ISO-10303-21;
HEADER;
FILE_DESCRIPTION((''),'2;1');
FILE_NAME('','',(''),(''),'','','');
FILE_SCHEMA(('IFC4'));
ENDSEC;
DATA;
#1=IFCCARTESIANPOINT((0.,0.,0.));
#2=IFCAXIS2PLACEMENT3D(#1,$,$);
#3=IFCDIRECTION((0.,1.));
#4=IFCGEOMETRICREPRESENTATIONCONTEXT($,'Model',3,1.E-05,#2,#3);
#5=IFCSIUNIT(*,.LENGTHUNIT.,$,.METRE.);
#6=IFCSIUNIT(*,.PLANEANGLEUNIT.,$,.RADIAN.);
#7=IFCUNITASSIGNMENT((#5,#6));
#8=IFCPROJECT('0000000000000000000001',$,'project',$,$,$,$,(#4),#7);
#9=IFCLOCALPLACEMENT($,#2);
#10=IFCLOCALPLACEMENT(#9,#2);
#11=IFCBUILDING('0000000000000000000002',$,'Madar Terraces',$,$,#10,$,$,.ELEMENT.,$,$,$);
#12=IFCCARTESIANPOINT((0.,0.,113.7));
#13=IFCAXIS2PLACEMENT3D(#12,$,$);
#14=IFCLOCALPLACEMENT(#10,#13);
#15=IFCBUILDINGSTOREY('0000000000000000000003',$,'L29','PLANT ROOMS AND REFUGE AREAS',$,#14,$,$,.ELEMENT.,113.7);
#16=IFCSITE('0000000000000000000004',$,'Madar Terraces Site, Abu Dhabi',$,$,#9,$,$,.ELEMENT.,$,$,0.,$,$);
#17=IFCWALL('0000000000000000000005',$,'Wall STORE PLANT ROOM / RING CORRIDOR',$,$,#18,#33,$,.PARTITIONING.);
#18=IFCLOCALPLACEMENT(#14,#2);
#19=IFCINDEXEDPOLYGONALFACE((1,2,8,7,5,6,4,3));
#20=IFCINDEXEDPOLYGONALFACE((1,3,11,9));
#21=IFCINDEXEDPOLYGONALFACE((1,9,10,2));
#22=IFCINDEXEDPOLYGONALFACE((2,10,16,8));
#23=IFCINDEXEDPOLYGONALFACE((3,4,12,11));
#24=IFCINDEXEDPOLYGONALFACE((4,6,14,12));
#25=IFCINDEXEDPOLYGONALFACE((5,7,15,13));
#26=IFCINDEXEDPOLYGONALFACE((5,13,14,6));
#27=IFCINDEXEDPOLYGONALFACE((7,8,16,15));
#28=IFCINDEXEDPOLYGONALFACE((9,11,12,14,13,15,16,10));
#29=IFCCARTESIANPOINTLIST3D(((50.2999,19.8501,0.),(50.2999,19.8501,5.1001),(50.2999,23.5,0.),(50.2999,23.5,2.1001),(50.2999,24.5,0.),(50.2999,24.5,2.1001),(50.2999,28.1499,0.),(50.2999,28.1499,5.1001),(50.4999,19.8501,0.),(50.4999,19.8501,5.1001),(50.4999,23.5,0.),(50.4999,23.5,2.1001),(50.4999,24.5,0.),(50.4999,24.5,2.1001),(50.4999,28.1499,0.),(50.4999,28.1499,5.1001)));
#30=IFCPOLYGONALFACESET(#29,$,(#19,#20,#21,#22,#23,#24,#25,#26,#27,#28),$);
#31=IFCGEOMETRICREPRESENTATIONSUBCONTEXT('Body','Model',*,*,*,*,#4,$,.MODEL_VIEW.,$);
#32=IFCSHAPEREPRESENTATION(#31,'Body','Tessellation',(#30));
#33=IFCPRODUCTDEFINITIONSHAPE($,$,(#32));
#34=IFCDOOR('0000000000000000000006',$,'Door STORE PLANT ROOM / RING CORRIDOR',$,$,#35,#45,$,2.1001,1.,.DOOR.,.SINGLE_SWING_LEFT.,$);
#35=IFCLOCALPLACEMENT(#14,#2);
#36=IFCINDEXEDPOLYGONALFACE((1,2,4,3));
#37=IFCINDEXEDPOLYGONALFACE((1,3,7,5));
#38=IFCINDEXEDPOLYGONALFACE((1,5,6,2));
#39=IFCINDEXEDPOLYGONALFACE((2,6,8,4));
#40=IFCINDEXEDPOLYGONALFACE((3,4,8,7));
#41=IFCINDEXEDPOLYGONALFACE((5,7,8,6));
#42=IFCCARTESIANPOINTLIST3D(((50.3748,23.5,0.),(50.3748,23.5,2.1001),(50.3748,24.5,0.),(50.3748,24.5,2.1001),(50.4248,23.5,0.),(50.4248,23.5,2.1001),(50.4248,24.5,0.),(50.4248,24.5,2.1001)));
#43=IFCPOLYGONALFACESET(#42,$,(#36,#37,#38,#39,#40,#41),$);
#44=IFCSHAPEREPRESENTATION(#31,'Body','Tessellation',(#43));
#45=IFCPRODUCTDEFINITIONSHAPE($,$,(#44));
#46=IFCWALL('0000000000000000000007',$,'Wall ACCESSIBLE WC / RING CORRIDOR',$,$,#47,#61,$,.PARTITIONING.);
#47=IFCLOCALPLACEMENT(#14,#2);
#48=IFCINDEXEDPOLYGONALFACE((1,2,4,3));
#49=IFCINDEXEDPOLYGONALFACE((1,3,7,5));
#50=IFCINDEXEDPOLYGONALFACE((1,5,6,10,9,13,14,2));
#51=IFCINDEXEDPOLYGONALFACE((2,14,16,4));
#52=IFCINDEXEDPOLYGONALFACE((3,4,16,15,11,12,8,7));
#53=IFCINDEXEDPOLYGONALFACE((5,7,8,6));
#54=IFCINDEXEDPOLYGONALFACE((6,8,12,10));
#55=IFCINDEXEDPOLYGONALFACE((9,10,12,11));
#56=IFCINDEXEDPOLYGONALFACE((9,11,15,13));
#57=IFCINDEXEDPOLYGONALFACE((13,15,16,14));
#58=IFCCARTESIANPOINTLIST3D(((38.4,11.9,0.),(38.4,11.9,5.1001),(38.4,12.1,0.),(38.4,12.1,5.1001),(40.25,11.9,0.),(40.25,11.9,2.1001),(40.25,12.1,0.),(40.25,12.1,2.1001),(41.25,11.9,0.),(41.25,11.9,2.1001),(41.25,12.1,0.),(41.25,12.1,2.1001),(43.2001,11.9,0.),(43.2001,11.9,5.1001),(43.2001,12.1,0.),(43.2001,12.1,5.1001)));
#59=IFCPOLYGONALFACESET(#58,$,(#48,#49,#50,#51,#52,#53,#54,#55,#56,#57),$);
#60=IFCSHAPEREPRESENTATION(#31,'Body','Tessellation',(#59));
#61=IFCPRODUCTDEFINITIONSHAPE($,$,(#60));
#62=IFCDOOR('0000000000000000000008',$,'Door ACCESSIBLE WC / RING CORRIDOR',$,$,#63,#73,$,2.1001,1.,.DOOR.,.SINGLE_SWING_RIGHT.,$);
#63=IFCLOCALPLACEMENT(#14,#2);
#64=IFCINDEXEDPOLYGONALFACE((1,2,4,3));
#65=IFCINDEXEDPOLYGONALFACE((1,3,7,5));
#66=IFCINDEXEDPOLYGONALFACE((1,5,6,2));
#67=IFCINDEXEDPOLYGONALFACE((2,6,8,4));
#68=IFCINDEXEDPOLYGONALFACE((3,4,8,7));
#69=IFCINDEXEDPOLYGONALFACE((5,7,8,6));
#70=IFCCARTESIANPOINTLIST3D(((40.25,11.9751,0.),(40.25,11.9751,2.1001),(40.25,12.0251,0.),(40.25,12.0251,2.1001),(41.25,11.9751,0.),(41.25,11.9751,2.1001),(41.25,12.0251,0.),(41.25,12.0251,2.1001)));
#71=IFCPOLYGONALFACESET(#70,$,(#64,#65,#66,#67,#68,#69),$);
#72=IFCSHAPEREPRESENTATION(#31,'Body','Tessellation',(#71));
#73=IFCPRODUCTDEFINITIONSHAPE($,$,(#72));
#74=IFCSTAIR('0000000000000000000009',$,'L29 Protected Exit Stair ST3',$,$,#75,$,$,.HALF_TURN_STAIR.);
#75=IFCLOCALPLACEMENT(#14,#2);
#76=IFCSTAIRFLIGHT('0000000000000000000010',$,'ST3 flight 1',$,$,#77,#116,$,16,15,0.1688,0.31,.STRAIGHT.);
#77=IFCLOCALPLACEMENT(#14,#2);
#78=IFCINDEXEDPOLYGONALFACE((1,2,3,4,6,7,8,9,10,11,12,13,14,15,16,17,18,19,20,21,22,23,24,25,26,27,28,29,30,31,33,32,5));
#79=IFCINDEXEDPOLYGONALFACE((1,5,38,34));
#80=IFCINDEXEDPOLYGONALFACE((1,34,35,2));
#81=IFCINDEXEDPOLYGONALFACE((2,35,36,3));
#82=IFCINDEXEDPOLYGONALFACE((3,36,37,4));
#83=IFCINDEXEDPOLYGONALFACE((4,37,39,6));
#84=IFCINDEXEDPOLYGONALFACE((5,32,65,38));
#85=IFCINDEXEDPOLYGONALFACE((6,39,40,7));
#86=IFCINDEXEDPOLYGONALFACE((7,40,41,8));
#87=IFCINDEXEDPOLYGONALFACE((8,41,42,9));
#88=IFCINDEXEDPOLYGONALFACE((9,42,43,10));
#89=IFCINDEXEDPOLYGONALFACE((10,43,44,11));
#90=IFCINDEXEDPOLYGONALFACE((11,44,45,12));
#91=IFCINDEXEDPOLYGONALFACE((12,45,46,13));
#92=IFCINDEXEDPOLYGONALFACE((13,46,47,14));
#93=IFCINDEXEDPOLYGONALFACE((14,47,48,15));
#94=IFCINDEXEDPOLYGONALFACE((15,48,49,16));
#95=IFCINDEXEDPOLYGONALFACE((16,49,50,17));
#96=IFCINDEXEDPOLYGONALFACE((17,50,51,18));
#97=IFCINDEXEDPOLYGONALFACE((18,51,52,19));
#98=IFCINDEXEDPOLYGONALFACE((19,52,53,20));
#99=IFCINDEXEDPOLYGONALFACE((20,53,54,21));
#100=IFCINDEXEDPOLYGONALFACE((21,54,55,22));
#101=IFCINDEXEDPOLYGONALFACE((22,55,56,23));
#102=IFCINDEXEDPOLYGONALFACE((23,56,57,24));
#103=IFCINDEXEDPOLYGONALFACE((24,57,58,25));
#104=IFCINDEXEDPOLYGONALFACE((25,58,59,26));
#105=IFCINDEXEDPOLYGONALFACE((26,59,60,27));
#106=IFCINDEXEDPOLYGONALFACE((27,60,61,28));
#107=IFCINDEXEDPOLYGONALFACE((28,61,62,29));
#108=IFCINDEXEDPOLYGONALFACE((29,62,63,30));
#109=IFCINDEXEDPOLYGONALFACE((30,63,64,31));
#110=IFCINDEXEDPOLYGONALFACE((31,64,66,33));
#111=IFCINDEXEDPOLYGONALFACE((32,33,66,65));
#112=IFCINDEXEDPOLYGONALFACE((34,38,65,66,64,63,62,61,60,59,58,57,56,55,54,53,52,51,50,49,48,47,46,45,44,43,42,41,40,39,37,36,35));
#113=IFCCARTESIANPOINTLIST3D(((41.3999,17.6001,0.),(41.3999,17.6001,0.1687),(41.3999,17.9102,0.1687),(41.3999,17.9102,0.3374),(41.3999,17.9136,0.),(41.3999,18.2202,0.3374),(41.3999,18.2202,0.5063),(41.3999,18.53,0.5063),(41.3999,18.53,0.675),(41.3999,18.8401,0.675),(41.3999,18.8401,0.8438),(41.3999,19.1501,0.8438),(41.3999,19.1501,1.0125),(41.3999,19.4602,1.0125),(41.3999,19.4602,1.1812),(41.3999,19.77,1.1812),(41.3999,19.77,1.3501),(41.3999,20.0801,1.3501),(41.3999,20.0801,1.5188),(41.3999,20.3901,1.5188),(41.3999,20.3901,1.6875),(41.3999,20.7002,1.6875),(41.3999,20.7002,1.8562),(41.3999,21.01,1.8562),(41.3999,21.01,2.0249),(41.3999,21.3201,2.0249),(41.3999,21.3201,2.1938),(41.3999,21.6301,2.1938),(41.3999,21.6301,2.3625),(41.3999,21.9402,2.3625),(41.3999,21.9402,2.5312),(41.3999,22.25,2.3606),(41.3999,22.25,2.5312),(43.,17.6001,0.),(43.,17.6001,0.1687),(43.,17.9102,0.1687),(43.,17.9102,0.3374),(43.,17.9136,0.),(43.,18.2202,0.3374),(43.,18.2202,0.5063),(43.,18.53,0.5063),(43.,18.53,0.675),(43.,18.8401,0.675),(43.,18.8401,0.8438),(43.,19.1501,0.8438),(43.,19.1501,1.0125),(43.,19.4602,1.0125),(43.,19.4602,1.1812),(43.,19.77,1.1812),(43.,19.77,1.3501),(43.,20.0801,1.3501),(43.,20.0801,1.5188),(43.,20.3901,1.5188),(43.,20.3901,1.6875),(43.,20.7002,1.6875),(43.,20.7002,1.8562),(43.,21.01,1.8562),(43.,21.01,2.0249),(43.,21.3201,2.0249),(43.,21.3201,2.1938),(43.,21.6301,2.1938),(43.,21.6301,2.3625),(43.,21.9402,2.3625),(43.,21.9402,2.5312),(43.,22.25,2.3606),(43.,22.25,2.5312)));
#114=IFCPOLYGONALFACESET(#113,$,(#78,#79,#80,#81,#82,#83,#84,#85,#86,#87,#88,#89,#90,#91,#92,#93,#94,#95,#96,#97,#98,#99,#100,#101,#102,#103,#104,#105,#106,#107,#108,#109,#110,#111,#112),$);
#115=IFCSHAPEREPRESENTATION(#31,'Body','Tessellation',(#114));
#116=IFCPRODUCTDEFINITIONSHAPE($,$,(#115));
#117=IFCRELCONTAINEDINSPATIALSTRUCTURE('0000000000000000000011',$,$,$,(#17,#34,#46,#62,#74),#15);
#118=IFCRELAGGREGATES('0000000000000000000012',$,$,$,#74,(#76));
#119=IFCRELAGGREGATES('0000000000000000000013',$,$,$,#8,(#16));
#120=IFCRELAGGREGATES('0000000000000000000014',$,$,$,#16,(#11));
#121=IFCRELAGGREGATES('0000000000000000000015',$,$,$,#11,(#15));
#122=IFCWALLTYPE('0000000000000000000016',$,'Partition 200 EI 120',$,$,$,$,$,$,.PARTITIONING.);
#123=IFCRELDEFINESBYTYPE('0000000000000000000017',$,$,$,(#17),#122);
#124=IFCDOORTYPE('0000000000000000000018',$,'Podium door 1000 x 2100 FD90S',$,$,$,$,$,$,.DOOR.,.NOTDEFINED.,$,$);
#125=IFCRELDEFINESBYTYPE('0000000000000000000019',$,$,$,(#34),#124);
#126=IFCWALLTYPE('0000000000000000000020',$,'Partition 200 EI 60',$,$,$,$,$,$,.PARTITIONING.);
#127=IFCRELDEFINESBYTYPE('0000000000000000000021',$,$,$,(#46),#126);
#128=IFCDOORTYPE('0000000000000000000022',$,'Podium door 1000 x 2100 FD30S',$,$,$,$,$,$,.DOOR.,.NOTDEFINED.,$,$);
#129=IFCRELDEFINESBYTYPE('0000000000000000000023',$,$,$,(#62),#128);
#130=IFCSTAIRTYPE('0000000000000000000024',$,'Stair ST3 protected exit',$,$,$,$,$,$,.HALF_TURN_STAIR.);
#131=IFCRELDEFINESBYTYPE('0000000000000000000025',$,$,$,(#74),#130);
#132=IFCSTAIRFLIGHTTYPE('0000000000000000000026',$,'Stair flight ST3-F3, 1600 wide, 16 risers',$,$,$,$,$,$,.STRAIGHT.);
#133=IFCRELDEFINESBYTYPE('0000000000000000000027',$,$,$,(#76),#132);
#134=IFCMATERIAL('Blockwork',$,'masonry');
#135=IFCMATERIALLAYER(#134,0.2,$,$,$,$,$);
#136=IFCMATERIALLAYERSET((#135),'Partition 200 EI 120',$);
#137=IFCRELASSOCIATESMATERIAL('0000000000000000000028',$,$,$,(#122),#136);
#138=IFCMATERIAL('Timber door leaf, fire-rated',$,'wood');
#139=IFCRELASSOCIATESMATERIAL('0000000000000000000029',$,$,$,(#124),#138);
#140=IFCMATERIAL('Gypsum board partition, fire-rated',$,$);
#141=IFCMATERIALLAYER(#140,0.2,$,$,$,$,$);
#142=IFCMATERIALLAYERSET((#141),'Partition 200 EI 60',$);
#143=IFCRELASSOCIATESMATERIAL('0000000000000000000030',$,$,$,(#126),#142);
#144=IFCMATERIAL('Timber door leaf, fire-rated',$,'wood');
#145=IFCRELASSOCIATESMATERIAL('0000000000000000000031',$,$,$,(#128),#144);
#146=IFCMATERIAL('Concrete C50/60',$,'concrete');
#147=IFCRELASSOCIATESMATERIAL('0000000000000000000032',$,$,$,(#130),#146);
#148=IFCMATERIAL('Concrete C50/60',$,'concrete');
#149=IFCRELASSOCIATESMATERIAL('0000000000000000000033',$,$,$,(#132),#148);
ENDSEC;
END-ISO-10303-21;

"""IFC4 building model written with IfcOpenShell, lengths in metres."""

from ifc_helpers import new_model, si_unit, direction, frame, frame_2d, origin, place, context, subcontext, project, spatial, polyline, rectangle, outline, extrude, material, layer, layer_set, type_object, element, fill, aggregate, save


model = new_model("IFC4")

# Units and contexts
model_context = context("Model", 3, precision=1e-05, world=origin(), true_north=direction((0.0, 1.0)))
body_context = subcontext(model_context, "Body", "Model", "MODEL_VIEW")
ifc_project = project(units=[si_unit("LENGTHUNIT", "METRE"), si_unit("PLANEANGLEUNIT", "RADIAN")], contexts=[model_context])

# Site, building, storey
site_placement = place(None, origin())
site = spatial("IfcSite", under=ifc_project, at=site_placement, Name="Madar Terraces Site, Abu Dhabi", CompositionType="ELEMENT", RefElevation=0.0)
building_placement = place(site_placement, origin())
building = spatial("IfcBuilding", under=site, at=building_placement, Name="Madar Terraces", CompositionType="ELEMENT")
storey_placement = place(building_placement, frame((0.0, 0.0, 113.7)))
storey = spatial("IfcBuildingStorey", under=building, at=storey_placement, Name="L29", Description="PLANT ROOMS AND REFUGE AREAS", CompositionType="ELEMENT", Elevation=113.7)

# Shared definitions
ifc_material_1 = material(Name="Blockwork", Category="masonry")
ifc_layer_1 = layer(ifc_material_1, 0.2)
ifc_layer_set_1 = layer_set([ifc_layer_1], Name="Partition 200 EI 120")
wall_type_1 = type_object("IfcWallType", Name="Partition 200 EI 120", PredefinedType="PARTITIONING", material=ifc_layer_set_1)
ifc_material_2 = material(Name="Timber door leaf, fire-rated", Category="wood")
door_type_1 = type_object("IfcDoorType", Name="Podium door 1000 x 2100 FD90S", OperationType="NOTDEFINED", PredefinedType="DOOR", material=ifc_material_2)

# Walls, openings, doors
wall_1_placement = place(storey_placement, frame((50.3999, 28.1499, 0.0), z_axis=(0.0, 0.0, 1.0), x_axis=(0.0, -1.0, 0.0)))
wall_1 = element("IfcWall", 1, at=wall_1_placement, inside=storey, type_object=wall_type_1, Name="Wall STORE PLANT ROOM / RING CORRIDOR", PredefinedType="PARTITIONING", context=body_context, shape_type="SweptSolid", body=[
    extrude(rectangle(XDim=8.2998, YDim=0.2, at=frame_2d((4.1499, 0.0))), origin(), (0.0, 0.0, 1.0), 5.1001),
])
opening_1_placement = place(wall_1_placement, frame((3.6499, 0.0, 0.0)))
opening_1 = element("IfcOpeningElement", 2, at=opening_1_placement, cuts=wall_1, PredefinedType="OPENING", context=body_context, shape_type="SweptSolid", body=[
    extrude(rectangle(XDim=1.0, YDim=2.1001, at=frame_2d((0.5, 1.05))), frame((0.0, 0.1099, 0.0), z_axis=(0.0, -1.0, 0.0), x_axis=(1.0, 0.0, 0.0)), (0.0, 0.0, 1.0), 0.22),
])
door_1_placement = place(opening_1_placement, origin())
door_1 = element("IfcDoor", 3, at=door_1_placement, inside=storey, type_object=door_type_1, Name="Door STORE PLANT ROOM / RING CORRIDOR", OperationType="SINGLE_SWING_LEFT", OverallHeight=2.1001, OverallWidth=1.0, PredefinedType="DOOR", context=body_context, shape_type="SweptSolid", body=[
    extrude(rectangle(XDim=1.0, YDim=2.1001, at=frame_2d((0.5, 1.05))), frame((0.0, 0.0249, 0.0), z_axis=(0.0, -1.0, 0.0), x_axis=(1.0, 0.0, 0.0)), (0.0, 0.0, 1.0), 0.05),
])
fill(opening_1, door_1)
ifc_material_3 = material(Name="Gypsum board partition, fire-rated")
ifc_layer_2 = layer(ifc_material_3, 0.2)
ifc_layer_set_2 = layer_set([ifc_layer_2], Name="Partition 200 EI 60")
wall_type_2 = type_object("IfcWallType", Name="Partition 200 EI 60", PredefinedType="PARTITIONING", material=ifc_layer_set_2)
wall_2_placement = place(storey_placement, frame((43.2, 12.0, 0.0), z_axis=(0.0, 0.0, 1.0), x_axis=(-1.0, 0.0, 0.0)))
wall_2 = element("IfcWall", 4, at=wall_2_placement, inside=storey, type_object=wall_type_2, Name="Wall ACCESSIBLE WC / RING CORRIDOR", PredefinedType="PARTITIONING", context=body_context, shape_type="SweptSolid", body=[
    extrude(rectangle(XDim=4.8, YDim=0.2, at=frame_2d((2.3999, 0.0))), origin(), (0.0, 0.0, 1.0), 5.1001),
])
opening_2_placement = place(wall_2_placement, frame((1.95, 0.0, 0.0)))
opening_2 = element("IfcOpeningElement", 5, at=opening_2_placement, cuts=wall_2, PredefinedType="OPENING", context=body_context, shape_type="SweptSolid", body=[
    extrude(rectangle(XDim=1.0, YDim=2.1001, at=frame_2d((0.5, 1.05))), frame((0.0, 0.1099, 0.0), z_axis=(0.0, -1.0, 0.0), x_axis=(1.0, 0.0, 0.0)), (0.0, 0.0, 1.0), 0.22),
])
ifc_material_4 = material(Name="Timber door leaf, fire-rated", Category="wood")
door_type_2 = type_object("IfcDoorType", Name="Podium door 1000 x 2100 FD30S", OperationType="NOTDEFINED", PredefinedType="DOOR", material=ifc_material_4)
door_2_placement = place(opening_2_placement, origin())
door_2 = element("IfcDoor", 6, at=door_2_placement, inside=storey, type_object=door_type_2, Name="Door ACCESSIBLE WC / RING CORRIDOR", OperationType="SINGLE_SWING_RIGHT", OverallHeight=2.1001, OverallWidth=1.0, PredefinedType="DOOR", context=body_context, shape_type="SweptSolid", body=[
    extrude(rectangle(XDim=1.0, YDim=2.1001, at=frame_2d((0.5, 1.05))), frame((0.0, 0.0249, 0.0), z_axis=(0.0, -1.0, 0.0), x_axis=(1.0, 0.0, 0.0)), (0.0, 0.0, 1.0), 0.05),
])
fill(opening_2, door_2)

# Stair, stair flight
ifc_material_5 = material(Name="Concrete C50/60", Category="concrete")
stair_type = type_object("IfcStairType", Name="Stair ST3 protected exit", PredefinedType="HALF_TURN_STAIR", material=ifc_material_5)
stair_placement = place(storey_placement, origin())
stair = element("IfcStair", 7, at=stair_placement, inside=storey, type_object=stair_type, Name="L29 Protected Exit Stair ST3", PredefinedType="HALF_TURN_STAIR")
ifc_material_6 = material(Name="Concrete C50/60", Category="concrete")
stair_flight_type = type_object("IfcStairFlightType", Name="Stair flight ST3-F3, 1600 wide, 16 risers", PredefinedType="STRAIGHT", material=ifc_material_6)
stair_flight_placement = place(storey_placement, frame((42.2, 17.6001, 0.0), z_axis=(0.0, 0.0, 1.0), x_axis=(0.0, 1.0, 0.0)))
stair_flight = element("IfcStairFlight", 8, at=stair_flight_placement, type_object=stair_flight_type, Name="ST3 flight 1", NumberOfRisers=16, NumberOfTreads=15, PredefinedType="STRAIGHT", RiserHeight=0.1688, TreadLength=0.31, context=body_context, shape_type="SweptSolid", body=[
    extrude(outline(polyline([(0.0, 0.0), (0.0, 0.1687), (0.3101, 0.1687), (0.3101, 0.3374), (0.6201, 0.3374), (0.6201, 0.5063), (0.9299, 0.5063), (0.9299, 0.675), (1.24, 0.675), (1.24, 0.8438), (1.55, 0.8438), (1.55, 1.0125), (1.8601, 1.0125), (1.8601, 1.1812), (2.1699, 1.1812), (2.1699, 1.3501), (2.48, 1.3501), (2.48, 1.5188), (2.79, 1.5188), (2.79, 1.6875), (3.1001, 1.6875), (3.1001, 1.8562), (3.4099, 1.8562), (3.4099, 2.0249), (3.72, 2.0249), (3.72, 2.1938), (4.03, 2.1938), (4.03, 2.3625), (4.3401, 2.3625), (4.3401, 2.5312), (4.6499, 2.5312), (4.6499, 2.7), (4.6499, 2.3606), (0.3135, 0.0), (0.0, 0.0)])), frame((0.0, 0.8, 0.0), z_axis=(0.0, -1.0, 0.0), x_axis=(1.0, 0.0, 0.0)), (0.0, 0.0, 1.0), 1.6001),
])
aggregate(stair, [stair_flight])

save(model, "model.ifc")
